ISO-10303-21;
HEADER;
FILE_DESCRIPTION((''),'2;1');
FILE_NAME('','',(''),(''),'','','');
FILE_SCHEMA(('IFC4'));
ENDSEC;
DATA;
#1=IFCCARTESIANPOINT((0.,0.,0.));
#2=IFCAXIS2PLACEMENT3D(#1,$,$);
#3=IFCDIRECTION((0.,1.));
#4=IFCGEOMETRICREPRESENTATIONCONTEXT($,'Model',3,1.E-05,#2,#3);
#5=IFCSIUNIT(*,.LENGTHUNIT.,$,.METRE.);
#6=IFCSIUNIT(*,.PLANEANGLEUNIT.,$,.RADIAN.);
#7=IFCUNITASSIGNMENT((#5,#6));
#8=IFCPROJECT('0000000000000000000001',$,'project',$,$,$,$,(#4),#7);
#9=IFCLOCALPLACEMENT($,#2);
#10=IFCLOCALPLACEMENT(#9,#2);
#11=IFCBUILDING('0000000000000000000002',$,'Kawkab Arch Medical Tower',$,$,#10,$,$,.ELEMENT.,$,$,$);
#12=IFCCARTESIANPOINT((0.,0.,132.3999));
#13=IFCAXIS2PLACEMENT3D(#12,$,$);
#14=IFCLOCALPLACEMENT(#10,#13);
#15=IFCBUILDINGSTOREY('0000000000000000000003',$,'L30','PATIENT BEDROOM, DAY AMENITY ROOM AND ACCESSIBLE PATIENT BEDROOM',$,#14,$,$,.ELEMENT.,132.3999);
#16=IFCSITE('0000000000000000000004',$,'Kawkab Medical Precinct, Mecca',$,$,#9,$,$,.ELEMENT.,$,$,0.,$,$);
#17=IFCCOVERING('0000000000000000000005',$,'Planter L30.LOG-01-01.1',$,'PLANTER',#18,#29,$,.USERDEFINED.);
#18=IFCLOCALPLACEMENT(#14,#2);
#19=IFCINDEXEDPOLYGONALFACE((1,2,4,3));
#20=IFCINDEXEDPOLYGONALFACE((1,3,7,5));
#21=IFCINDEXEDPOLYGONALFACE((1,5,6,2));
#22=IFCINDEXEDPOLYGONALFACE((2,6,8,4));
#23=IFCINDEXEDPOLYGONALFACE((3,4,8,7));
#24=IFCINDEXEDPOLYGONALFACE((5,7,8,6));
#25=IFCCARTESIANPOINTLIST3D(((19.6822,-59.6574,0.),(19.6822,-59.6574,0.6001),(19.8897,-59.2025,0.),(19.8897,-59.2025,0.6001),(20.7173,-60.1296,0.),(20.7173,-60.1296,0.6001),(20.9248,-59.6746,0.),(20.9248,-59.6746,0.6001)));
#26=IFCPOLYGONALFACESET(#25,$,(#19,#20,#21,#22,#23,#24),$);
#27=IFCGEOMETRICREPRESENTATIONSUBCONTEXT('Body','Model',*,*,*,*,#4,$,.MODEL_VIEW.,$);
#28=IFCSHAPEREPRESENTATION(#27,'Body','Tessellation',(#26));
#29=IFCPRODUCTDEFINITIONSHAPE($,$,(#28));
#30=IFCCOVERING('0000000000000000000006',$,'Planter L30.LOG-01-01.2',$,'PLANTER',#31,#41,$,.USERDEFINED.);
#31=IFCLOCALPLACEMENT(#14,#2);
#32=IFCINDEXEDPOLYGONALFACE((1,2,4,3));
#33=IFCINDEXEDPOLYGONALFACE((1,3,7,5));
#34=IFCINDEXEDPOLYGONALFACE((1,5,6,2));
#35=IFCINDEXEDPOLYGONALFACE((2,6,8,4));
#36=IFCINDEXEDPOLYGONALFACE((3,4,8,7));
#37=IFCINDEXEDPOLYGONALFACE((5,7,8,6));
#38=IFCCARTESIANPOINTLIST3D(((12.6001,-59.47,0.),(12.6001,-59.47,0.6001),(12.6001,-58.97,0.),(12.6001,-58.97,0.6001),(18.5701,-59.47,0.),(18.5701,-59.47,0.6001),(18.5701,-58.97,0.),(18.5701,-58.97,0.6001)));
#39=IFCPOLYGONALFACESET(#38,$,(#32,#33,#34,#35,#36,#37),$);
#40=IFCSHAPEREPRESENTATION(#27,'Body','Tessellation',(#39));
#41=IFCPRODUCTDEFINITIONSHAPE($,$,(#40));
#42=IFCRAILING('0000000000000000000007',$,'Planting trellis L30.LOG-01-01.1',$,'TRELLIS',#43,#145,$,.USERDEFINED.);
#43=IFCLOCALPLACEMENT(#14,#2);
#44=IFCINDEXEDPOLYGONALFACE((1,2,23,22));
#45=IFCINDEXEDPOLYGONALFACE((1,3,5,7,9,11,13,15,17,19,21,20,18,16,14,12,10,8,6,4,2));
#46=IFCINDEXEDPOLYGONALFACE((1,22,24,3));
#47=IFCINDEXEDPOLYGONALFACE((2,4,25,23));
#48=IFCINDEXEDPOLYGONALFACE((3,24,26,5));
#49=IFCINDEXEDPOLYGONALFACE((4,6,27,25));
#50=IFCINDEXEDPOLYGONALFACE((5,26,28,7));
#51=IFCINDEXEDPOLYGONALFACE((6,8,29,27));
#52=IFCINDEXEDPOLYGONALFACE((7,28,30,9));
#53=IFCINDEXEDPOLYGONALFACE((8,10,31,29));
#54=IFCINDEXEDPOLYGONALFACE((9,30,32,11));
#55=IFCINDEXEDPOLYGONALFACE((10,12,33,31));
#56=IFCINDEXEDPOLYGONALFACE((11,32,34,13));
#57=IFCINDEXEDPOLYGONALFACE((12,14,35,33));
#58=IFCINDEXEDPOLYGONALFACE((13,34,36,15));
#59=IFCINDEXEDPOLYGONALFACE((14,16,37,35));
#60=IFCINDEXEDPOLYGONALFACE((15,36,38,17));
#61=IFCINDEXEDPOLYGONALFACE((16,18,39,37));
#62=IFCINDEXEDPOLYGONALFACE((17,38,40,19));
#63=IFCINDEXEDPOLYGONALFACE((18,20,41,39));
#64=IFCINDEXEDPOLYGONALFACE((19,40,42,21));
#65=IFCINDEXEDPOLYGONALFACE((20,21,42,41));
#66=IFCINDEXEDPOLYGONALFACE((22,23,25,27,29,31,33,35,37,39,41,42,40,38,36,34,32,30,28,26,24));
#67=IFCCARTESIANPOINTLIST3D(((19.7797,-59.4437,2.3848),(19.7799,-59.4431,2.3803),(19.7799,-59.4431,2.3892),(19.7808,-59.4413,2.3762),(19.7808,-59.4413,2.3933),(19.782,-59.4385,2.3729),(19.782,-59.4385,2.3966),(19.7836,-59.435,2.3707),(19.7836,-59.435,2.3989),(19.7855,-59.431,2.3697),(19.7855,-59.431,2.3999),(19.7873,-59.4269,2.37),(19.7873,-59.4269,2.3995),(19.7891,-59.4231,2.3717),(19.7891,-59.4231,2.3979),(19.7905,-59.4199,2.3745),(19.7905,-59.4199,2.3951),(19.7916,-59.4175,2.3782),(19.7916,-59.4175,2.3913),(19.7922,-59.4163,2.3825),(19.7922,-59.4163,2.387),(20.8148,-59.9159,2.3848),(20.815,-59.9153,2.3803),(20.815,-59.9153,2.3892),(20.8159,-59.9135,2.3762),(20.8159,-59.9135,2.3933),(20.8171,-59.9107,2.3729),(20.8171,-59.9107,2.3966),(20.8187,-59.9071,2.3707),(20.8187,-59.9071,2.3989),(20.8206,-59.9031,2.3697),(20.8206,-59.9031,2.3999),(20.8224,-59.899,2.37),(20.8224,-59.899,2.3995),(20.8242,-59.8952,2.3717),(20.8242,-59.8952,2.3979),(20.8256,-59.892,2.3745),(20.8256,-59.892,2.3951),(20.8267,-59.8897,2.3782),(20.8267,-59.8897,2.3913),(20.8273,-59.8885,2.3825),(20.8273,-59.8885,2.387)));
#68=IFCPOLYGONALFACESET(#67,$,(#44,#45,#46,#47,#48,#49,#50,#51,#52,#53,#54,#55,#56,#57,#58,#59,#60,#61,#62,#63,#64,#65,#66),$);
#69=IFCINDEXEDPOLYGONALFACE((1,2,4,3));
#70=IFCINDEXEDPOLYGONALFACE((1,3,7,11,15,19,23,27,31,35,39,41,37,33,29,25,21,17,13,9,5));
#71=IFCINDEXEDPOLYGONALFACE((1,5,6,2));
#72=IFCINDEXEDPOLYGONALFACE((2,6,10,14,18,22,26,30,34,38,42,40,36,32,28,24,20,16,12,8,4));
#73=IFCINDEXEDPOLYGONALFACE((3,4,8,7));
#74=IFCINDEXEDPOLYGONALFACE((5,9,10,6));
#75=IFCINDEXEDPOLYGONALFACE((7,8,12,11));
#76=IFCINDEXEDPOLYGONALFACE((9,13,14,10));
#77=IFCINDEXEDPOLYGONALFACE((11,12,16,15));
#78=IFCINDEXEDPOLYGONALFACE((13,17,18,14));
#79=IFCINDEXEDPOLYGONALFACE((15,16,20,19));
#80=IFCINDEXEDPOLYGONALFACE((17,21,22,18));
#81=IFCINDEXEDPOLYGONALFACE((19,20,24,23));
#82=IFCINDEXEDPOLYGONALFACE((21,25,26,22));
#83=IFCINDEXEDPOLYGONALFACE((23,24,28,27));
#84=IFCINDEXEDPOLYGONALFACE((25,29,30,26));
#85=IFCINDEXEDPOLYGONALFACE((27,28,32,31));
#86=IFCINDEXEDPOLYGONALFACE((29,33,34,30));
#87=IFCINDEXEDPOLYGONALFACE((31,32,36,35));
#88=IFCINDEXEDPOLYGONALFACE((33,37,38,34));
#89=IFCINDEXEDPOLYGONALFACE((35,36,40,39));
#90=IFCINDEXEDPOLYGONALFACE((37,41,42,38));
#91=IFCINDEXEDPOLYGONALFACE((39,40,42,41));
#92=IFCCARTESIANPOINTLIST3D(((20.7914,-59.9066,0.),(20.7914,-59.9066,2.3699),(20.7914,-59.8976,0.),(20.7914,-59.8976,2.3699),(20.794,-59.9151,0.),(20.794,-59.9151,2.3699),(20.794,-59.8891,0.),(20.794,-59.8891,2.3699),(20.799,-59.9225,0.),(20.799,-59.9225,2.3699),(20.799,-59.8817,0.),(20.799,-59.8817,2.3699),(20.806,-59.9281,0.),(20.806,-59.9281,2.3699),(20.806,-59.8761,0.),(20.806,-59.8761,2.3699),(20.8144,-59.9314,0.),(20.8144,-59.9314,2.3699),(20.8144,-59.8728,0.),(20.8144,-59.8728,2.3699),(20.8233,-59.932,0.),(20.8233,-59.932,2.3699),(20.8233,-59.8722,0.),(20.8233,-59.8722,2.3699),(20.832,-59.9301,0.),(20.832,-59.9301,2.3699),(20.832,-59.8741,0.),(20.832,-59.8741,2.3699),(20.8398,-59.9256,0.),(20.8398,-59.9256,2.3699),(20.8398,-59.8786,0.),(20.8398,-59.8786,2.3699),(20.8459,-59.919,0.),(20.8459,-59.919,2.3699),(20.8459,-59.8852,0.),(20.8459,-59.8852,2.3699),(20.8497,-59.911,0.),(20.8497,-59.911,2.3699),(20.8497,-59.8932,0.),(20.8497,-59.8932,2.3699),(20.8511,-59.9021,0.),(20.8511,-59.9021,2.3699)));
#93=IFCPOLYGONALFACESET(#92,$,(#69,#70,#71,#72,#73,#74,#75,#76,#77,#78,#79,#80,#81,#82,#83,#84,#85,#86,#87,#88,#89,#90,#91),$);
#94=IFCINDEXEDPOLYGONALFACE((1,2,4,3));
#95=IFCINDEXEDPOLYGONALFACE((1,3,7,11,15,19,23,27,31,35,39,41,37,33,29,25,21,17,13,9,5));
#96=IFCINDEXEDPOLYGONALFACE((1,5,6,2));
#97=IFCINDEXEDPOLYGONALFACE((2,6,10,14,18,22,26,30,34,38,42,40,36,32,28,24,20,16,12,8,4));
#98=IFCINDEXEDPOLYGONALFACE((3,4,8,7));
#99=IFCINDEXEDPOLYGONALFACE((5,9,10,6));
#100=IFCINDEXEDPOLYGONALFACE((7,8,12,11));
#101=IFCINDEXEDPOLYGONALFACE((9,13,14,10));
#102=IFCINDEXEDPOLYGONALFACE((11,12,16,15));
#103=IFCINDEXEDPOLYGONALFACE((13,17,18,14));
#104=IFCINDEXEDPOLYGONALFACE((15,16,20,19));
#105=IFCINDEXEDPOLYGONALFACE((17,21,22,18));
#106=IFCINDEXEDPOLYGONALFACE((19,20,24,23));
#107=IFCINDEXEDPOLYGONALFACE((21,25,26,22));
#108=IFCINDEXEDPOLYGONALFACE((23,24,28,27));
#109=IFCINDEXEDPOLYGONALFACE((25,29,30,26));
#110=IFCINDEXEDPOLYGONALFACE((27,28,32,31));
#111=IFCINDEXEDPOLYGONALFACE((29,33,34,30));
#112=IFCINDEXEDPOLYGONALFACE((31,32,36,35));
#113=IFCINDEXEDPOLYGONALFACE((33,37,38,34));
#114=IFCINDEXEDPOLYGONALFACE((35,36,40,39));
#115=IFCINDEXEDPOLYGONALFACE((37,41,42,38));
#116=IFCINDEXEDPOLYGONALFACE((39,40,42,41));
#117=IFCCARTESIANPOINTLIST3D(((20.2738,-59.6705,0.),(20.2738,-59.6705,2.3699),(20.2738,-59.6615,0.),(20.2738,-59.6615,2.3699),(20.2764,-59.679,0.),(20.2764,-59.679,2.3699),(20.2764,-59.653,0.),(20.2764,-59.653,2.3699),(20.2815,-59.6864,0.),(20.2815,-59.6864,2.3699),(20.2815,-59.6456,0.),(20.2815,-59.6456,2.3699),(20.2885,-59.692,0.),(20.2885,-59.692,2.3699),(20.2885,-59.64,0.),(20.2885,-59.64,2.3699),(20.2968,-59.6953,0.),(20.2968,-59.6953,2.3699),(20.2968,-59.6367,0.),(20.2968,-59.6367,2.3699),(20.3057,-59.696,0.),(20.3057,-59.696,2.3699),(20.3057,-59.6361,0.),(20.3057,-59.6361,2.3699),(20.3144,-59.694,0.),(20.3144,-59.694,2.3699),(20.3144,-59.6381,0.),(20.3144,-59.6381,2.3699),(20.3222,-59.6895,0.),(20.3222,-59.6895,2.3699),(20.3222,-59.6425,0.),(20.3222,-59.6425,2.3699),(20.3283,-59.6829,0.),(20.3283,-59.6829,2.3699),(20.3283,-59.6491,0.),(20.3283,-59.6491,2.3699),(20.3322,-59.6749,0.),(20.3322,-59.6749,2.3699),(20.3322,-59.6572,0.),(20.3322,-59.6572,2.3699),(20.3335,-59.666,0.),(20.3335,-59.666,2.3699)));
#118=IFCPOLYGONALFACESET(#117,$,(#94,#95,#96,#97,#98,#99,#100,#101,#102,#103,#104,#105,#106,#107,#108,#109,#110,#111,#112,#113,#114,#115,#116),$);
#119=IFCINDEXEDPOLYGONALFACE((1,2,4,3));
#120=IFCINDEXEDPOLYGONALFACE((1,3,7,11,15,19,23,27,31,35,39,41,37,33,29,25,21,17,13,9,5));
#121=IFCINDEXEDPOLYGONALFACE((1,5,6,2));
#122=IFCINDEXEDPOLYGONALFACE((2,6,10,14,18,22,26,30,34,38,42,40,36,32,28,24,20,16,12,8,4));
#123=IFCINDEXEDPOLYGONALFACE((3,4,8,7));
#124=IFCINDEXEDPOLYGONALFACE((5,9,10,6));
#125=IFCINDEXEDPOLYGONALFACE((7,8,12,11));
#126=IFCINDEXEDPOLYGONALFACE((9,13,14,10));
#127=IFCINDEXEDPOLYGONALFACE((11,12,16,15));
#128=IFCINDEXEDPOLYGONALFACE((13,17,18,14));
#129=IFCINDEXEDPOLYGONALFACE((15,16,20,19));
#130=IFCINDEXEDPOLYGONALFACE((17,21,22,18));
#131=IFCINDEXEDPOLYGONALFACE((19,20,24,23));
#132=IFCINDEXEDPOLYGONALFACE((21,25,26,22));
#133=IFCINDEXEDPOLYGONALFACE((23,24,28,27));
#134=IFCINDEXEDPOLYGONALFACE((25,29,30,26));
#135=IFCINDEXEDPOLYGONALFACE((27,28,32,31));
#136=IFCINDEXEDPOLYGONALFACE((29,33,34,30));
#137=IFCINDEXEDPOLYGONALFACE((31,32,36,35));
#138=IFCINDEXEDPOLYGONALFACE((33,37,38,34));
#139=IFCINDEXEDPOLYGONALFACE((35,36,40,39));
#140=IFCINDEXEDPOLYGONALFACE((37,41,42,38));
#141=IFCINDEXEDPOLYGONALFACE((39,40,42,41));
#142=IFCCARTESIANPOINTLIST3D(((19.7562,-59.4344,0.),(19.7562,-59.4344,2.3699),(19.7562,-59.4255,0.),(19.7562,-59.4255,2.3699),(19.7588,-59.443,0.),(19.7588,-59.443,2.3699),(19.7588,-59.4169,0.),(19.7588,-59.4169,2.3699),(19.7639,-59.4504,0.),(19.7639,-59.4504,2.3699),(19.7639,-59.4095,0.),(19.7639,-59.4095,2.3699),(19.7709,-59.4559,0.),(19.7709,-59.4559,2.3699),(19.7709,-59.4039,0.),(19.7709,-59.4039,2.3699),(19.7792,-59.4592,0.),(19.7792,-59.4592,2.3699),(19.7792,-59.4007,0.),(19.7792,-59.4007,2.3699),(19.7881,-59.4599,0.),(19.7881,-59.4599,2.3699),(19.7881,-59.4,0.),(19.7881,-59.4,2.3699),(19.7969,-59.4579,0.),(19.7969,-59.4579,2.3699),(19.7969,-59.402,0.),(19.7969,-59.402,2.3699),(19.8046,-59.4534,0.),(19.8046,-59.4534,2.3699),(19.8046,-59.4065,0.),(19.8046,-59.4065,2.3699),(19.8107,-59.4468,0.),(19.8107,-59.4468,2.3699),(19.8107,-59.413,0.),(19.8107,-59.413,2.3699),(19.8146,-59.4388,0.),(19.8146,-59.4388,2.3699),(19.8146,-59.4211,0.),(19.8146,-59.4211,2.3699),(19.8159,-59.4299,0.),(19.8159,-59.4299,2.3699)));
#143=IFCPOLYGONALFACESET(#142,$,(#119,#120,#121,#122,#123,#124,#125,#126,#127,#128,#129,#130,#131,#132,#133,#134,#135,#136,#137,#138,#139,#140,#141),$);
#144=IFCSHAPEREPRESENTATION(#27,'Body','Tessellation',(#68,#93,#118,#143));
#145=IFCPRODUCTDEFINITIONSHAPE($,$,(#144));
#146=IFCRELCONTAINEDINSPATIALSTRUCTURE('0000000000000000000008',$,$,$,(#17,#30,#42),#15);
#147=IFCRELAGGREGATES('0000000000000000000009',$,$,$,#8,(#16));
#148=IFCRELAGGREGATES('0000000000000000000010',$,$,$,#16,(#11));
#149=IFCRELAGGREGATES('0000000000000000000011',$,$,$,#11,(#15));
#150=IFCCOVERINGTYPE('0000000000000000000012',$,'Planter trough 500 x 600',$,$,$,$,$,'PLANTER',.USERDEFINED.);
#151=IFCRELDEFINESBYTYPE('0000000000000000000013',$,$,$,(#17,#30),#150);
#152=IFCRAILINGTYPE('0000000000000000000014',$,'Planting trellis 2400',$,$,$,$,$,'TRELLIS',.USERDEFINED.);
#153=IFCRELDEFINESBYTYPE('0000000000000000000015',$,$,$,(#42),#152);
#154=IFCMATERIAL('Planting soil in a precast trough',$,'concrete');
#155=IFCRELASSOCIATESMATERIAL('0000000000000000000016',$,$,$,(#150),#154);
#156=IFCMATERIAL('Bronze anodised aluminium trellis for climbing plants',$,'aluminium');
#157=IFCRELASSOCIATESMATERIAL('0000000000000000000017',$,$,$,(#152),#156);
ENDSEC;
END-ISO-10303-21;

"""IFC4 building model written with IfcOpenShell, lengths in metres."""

from ifc_helpers import new_model, si_unit, direction, frame, origin, origin_2d, place, context, subcontext, project, spatial, rectangle, circle, extrude, material, material_profile, profile_set, type_object, element, save


model = new_model("IFC4")

# Units and contexts
model_context = context("Model", 3, precision=1e-05, world=origin(), true_north=direction((0.0, 1.0)))
body_context = subcontext(model_context, "Body", "Model", "MODEL_VIEW")
ifc_project = project(units=[si_unit("LENGTHUNIT", "METRE"), si_unit("PLANEANGLEUNIT", "RADIAN")], contexts=[model_context])

# Site, building, storey
site_placement = place(None, origin())
site = spatial("IfcSite", under=ifc_project, at=site_placement, Name="Kawkab Medical Precinct, Mecca", CompositionType="ELEMENT", RefElevation=0.0)
building_placement = place(site_placement, origin())
building = spatial("IfcBuilding", under=site, at=building_placement, Name="Kawkab Arch Medical Tower", CompositionType="ELEMENT")
storey_placement = place(building_placement, frame((0.0, 0.0, 132.3999)))
storey = spatial("IfcBuildingStorey", under=building, at=storey_placement, Name="L30", Description="PATIENT BEDROOM, DAY AMENITY ROOM AND ACCESSIBLE PATIENT BEDROOM", CompositionType="ELEMENT", Elevation=132.3999)

# Coverings
ifc_material_1 = material(Name="Planting soil in a precast trough", Category="concrete")
ifc_material_profile_1 = material_profile(ifc_material_1, rectangle(XDim=0.5, YDim=0.6001, at=origin_2d()), Name="Trough 500x600")
ifc_profile_set_1 = profile_set([ifc_material_profile_1], Name="Planting soil in a precast trough")
covering_type = type_object("IfcCoveringType", Name="Planter trough 500 x 600", ElementType="PLANTER", PredefinedType="USERDEFINED", material=ifc_profile_set_1)
covering_1_placement = place(storey_placement, frame((20.821, -59.9021, 0.3), z_axis=(-0.909822, 0.414999, 0.0), x_axis=(-0.414999, -0.909822, 0.0)))
element("IfcCovering", 1, at=covering_1_placement, inside=storey, type_object=covering_type, Name="Planter L30.LOG-01-01.1", ObjectType="PLANTER", PredefinedType="USERDEFINED", context=body_context, shape_type="SweptSolid", body=[
    extrude(rectangle(XDim=0.5, YDim=0.6001, at=origin_2d()), origin(), (0.0, 0.0, 1.0), 1.1377),
])
covering_2_placement = place(storey_placement, frame((18.5701, -59.22, 0.3), z_axis=(-1.0, 0.0, 0.0), x_axis=(0.0, -1.0, 0.0)))
element("IfcCovering", 2, at=covering_2_placement, inside=storey, type_object=covering_type, Name="Planter L30.LOG-01-01.2", ObjectType="PLANTER", PredefinedType="USERDEFINED", context=body_context, shape_type="SweptSolid", body=[
    extrude(rectangle(XDim=0.5, YDim=0.6001, at=origin_2d()), origin(), (0.0, 0.0, 1.0), 5.97),
])

# Railing
ifc_material_2 = material(Name="Bronze anodised aluminium trellis for climbing plants", Category="aluminium")
railing_type_1 = type_object("IfcRailingType", Name="Planting trellis 2400", ElementType="TRELLIS", PredefinedType="USERDEFINED", material=ifc_material_2)
railing_1_placement = place(storey_placement, frame((20.821, -59.9021, 0.0)))
element("IfcRailing", 3, at=railing_1_placement, inside=storey, type_object=railing_type_1, Name="Planting trellis L30.LOG-01-01.1", ObjectType="TRELLIS", PredefinedType="USERDEFINED", context=body_context, shape_type="SweptSolid", body=[
    extrude(circle(Radius=0.0151, at=origin_2d()), frame((0.0, 0.0, 2.3848), z_axis=(-0.909822, 0.414999, 0.0), x_axis=(-0.414999, -0.909822, 0.0)), (0.0, 0.0, 1.0), 1.1377),
    extrude(circle(Radius=0.03, at=origin_2d()), origin(), (0.0, 0.0, 1.0), 2.3699),
    extrude(circle(Radius=0.03, at=origin_2d()), frame((-0.5176, 0.2361, 0.0)), (0.0, 0.0, 1.0), 2.3699),
    extrude(circle(Radius=0.03, at=origin_2d()), frame((-1.0352, 0.4722, 0.0)), (0.0, 0.0, 1.0), 2.3699),
])

save(model, "model.ifc")
